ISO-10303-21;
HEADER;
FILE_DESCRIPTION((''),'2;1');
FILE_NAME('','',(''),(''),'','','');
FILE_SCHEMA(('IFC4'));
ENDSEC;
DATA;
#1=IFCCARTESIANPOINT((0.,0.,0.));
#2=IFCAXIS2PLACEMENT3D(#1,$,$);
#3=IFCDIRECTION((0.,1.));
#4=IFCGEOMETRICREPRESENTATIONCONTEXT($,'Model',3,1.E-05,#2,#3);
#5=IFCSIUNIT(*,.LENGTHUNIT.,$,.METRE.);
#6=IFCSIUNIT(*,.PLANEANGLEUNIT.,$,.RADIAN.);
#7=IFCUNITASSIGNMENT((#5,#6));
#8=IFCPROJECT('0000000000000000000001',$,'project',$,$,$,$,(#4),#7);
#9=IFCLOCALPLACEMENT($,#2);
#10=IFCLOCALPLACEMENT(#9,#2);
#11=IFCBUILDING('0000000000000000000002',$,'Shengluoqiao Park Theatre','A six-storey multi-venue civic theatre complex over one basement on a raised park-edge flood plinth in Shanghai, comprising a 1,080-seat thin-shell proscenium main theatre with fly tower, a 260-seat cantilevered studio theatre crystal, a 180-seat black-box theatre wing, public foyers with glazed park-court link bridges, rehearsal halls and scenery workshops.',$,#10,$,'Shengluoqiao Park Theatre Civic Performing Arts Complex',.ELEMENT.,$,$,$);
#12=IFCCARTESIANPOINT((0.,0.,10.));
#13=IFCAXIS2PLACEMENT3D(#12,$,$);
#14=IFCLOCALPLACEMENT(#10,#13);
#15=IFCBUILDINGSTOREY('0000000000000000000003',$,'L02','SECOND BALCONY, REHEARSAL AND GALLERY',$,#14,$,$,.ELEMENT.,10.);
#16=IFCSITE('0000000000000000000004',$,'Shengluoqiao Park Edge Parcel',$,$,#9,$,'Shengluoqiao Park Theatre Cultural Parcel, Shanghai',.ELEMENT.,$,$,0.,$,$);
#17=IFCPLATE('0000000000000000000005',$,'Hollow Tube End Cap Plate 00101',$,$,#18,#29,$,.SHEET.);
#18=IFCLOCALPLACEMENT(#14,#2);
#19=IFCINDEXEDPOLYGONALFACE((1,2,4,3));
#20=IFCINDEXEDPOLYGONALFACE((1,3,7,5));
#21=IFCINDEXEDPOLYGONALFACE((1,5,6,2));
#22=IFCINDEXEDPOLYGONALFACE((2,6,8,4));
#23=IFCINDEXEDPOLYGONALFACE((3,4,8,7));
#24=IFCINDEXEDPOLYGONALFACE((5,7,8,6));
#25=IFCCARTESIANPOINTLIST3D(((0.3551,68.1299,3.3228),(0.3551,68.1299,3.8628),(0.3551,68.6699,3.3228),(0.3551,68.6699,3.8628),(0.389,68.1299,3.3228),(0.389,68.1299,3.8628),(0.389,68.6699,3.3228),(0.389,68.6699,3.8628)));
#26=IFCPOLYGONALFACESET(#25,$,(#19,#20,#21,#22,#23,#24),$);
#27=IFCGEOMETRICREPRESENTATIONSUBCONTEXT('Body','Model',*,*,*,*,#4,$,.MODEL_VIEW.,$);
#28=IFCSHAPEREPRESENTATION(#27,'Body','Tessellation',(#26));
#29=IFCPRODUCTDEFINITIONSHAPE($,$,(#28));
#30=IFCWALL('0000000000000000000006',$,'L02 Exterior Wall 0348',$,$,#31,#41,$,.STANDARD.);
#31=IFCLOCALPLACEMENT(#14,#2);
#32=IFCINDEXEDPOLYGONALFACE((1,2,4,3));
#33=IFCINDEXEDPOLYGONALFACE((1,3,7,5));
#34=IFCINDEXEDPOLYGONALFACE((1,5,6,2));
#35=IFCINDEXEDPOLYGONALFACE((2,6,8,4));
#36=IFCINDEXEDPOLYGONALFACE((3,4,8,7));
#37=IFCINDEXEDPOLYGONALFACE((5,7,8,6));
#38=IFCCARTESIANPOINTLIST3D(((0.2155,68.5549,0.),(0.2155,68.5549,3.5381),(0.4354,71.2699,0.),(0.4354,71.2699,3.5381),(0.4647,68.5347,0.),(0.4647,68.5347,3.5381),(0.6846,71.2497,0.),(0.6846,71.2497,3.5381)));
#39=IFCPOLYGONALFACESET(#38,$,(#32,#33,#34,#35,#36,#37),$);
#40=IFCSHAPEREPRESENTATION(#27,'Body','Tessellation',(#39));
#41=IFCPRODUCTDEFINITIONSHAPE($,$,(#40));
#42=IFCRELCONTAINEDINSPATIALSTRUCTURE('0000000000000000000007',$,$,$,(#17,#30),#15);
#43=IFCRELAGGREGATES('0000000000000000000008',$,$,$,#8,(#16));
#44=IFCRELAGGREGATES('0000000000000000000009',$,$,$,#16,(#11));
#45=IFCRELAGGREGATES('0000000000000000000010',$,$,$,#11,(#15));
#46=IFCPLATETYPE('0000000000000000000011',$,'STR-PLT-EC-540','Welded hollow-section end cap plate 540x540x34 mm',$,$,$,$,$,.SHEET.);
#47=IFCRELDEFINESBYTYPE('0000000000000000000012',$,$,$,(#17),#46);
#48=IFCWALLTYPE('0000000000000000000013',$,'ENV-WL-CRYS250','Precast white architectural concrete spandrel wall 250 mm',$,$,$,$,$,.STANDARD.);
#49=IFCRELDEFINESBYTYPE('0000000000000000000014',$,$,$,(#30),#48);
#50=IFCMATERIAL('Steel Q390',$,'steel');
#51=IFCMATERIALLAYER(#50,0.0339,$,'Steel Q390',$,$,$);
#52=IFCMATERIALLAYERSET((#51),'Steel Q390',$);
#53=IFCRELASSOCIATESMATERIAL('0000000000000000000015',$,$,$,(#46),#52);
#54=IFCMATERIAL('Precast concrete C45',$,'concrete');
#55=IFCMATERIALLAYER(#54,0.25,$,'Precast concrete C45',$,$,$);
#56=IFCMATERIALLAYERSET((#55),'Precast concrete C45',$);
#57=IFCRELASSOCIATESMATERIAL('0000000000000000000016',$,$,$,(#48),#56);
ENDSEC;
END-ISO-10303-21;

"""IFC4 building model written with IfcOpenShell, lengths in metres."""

from ifc_helpers import new_model, si_unit, direction, frame, frame_2d, origin, origin_2d, place, context, subcontext, project, spatial, rectangle, extrude, material, layer, layer_set, type_object, element, save


model = new_model("IFC4")

# Units and contexts
model_context = context("Model", 3, precision=1e-05, world=origin(), true_north=direction((0.0, 1.0)))
body_context = subcontext(model_context, "Body", "Model", "MODEL_VIEW")
ifc_project = project(units=[si_unit("LENGTHUNIT", "METRE"), si_unit("PLANEANGLEUNIT", "RADIAN")], contexts=[model_context])

# Site, building, storey
site_placement = place(None, origin())
site = spatial("IfcSite", under=ifc_project, at=site_placement, Name="Shengluoqiao Park Edge Parcel", LongName="Shengluoqiao Park Theatre Cultural Parcel, Shanghai", CompositionType="ELEMENT", RefElevation=0.0)
building_placement = place(site_placement, origin())
building = spatial("IfcBuilding", under=site, at=building_placement, Name="Shengluoqiao Park Theatre", Description="A six-storey multi-venue civic theatre complex over one basement on a raised park-edge flood plinth in Shanghai, comprising a 1,080-seat thin-shell proscenium main theatre with fly tower, a 260-seat cantilevered studio theatre crystal, a 180-seat black-box theatre wing, public foyers with glazed park-court link bridges, rehearsal halls and scenery workshops.", LongName="Shengluoqiao Park Theatre Civic Performing Arts Complex", CompositionType="ELEMENT")
storey_placement = place(building_placement, frame((0.0, 0.0, 10.0)))
storey = spatial("IfcBuildingStorey", under=building, at=storey_placement, Name="L02", Description="SECOND BALCONY, REHEARSAL AND GALLERY", CompositionType="ELEMENT", Elevation=10.0)

# Shared definitions
ifc_material_1 = material(Name="Steel Q390", Category="steel")

# Shared definitions
ifc_material_2 = material(Name="Precast concrete C45", Category="concrete")

# Plate
ifc_layer_1 = layer(ifc_material_1, 0.0339, Name="Steel Q390")
ifc_layer_set_1 = layer_set([ifc_layer_1], Name="Steel Q390")
plate_type_1 = type_object("IfcPlateType", Name="STR-PLT-EC-540", Description="Welded hollow-section end cap plate 540x540x34 mm", PredefinedType="SHEET", material=ifc_layer_set_1)
plate_1_placement = place(storey_placement, frame((0.3721, 68.3999, 3.3228), z_axis=(0.0, 0.0, 1.0), x_axis=(-1.0, 0.0, 0.0)))
element("IfcPlate", 1, at=plate_1_placement, inside=storey, type_object=plate_type_1, Name="Hollow Tube End Cap Plate 00101", PredefinedType="SHEET", context=body_context, shape_type="SweptSolid", body=[
    extrude(rectangle(XDim=0.0339, YDim=0.54, at=origin_2d()), origin(), (0.0, 0.0, 1.0), 0.54),
])

# Wall
ifc_layer_2 = layer(ifc_material_2, 0.25, Name="Precast concrete C45")
ifc_layer_set_2 = layer_set([ifc_layer_2], Name="Precast concrete C45")
wall_type = type_object("IfcWallType", Name="ENV-WL-CRYS250", Description="Precast white architectural concrete spandrel wall 250 mm", PredefinedType="STANDARD", material=ifc_layer_set_2)
wall_placement = place(storey_placement, frame((0.3401, 68.5449, 0.0), z_axis=(0.0, 0.0, 1.0), x_axis=(0.080753, 0.996734, 0.0)))
element("IfcWall", 2, at=wall_placement, inside=storey, type_object=wall_type, Name="L02 Exterior Wall 0348", PredefinedType="STANDARD", context=body_context, shape_type="SweptSolid", body=[
    extrude(rectangle(XDim=2.7239, YDim=0.25, at=frame_2d((1.3618, 0.0))), origin(), (0.0, 0.0, 1.0), 3.5381),
])

save(model, "model.ifc")
